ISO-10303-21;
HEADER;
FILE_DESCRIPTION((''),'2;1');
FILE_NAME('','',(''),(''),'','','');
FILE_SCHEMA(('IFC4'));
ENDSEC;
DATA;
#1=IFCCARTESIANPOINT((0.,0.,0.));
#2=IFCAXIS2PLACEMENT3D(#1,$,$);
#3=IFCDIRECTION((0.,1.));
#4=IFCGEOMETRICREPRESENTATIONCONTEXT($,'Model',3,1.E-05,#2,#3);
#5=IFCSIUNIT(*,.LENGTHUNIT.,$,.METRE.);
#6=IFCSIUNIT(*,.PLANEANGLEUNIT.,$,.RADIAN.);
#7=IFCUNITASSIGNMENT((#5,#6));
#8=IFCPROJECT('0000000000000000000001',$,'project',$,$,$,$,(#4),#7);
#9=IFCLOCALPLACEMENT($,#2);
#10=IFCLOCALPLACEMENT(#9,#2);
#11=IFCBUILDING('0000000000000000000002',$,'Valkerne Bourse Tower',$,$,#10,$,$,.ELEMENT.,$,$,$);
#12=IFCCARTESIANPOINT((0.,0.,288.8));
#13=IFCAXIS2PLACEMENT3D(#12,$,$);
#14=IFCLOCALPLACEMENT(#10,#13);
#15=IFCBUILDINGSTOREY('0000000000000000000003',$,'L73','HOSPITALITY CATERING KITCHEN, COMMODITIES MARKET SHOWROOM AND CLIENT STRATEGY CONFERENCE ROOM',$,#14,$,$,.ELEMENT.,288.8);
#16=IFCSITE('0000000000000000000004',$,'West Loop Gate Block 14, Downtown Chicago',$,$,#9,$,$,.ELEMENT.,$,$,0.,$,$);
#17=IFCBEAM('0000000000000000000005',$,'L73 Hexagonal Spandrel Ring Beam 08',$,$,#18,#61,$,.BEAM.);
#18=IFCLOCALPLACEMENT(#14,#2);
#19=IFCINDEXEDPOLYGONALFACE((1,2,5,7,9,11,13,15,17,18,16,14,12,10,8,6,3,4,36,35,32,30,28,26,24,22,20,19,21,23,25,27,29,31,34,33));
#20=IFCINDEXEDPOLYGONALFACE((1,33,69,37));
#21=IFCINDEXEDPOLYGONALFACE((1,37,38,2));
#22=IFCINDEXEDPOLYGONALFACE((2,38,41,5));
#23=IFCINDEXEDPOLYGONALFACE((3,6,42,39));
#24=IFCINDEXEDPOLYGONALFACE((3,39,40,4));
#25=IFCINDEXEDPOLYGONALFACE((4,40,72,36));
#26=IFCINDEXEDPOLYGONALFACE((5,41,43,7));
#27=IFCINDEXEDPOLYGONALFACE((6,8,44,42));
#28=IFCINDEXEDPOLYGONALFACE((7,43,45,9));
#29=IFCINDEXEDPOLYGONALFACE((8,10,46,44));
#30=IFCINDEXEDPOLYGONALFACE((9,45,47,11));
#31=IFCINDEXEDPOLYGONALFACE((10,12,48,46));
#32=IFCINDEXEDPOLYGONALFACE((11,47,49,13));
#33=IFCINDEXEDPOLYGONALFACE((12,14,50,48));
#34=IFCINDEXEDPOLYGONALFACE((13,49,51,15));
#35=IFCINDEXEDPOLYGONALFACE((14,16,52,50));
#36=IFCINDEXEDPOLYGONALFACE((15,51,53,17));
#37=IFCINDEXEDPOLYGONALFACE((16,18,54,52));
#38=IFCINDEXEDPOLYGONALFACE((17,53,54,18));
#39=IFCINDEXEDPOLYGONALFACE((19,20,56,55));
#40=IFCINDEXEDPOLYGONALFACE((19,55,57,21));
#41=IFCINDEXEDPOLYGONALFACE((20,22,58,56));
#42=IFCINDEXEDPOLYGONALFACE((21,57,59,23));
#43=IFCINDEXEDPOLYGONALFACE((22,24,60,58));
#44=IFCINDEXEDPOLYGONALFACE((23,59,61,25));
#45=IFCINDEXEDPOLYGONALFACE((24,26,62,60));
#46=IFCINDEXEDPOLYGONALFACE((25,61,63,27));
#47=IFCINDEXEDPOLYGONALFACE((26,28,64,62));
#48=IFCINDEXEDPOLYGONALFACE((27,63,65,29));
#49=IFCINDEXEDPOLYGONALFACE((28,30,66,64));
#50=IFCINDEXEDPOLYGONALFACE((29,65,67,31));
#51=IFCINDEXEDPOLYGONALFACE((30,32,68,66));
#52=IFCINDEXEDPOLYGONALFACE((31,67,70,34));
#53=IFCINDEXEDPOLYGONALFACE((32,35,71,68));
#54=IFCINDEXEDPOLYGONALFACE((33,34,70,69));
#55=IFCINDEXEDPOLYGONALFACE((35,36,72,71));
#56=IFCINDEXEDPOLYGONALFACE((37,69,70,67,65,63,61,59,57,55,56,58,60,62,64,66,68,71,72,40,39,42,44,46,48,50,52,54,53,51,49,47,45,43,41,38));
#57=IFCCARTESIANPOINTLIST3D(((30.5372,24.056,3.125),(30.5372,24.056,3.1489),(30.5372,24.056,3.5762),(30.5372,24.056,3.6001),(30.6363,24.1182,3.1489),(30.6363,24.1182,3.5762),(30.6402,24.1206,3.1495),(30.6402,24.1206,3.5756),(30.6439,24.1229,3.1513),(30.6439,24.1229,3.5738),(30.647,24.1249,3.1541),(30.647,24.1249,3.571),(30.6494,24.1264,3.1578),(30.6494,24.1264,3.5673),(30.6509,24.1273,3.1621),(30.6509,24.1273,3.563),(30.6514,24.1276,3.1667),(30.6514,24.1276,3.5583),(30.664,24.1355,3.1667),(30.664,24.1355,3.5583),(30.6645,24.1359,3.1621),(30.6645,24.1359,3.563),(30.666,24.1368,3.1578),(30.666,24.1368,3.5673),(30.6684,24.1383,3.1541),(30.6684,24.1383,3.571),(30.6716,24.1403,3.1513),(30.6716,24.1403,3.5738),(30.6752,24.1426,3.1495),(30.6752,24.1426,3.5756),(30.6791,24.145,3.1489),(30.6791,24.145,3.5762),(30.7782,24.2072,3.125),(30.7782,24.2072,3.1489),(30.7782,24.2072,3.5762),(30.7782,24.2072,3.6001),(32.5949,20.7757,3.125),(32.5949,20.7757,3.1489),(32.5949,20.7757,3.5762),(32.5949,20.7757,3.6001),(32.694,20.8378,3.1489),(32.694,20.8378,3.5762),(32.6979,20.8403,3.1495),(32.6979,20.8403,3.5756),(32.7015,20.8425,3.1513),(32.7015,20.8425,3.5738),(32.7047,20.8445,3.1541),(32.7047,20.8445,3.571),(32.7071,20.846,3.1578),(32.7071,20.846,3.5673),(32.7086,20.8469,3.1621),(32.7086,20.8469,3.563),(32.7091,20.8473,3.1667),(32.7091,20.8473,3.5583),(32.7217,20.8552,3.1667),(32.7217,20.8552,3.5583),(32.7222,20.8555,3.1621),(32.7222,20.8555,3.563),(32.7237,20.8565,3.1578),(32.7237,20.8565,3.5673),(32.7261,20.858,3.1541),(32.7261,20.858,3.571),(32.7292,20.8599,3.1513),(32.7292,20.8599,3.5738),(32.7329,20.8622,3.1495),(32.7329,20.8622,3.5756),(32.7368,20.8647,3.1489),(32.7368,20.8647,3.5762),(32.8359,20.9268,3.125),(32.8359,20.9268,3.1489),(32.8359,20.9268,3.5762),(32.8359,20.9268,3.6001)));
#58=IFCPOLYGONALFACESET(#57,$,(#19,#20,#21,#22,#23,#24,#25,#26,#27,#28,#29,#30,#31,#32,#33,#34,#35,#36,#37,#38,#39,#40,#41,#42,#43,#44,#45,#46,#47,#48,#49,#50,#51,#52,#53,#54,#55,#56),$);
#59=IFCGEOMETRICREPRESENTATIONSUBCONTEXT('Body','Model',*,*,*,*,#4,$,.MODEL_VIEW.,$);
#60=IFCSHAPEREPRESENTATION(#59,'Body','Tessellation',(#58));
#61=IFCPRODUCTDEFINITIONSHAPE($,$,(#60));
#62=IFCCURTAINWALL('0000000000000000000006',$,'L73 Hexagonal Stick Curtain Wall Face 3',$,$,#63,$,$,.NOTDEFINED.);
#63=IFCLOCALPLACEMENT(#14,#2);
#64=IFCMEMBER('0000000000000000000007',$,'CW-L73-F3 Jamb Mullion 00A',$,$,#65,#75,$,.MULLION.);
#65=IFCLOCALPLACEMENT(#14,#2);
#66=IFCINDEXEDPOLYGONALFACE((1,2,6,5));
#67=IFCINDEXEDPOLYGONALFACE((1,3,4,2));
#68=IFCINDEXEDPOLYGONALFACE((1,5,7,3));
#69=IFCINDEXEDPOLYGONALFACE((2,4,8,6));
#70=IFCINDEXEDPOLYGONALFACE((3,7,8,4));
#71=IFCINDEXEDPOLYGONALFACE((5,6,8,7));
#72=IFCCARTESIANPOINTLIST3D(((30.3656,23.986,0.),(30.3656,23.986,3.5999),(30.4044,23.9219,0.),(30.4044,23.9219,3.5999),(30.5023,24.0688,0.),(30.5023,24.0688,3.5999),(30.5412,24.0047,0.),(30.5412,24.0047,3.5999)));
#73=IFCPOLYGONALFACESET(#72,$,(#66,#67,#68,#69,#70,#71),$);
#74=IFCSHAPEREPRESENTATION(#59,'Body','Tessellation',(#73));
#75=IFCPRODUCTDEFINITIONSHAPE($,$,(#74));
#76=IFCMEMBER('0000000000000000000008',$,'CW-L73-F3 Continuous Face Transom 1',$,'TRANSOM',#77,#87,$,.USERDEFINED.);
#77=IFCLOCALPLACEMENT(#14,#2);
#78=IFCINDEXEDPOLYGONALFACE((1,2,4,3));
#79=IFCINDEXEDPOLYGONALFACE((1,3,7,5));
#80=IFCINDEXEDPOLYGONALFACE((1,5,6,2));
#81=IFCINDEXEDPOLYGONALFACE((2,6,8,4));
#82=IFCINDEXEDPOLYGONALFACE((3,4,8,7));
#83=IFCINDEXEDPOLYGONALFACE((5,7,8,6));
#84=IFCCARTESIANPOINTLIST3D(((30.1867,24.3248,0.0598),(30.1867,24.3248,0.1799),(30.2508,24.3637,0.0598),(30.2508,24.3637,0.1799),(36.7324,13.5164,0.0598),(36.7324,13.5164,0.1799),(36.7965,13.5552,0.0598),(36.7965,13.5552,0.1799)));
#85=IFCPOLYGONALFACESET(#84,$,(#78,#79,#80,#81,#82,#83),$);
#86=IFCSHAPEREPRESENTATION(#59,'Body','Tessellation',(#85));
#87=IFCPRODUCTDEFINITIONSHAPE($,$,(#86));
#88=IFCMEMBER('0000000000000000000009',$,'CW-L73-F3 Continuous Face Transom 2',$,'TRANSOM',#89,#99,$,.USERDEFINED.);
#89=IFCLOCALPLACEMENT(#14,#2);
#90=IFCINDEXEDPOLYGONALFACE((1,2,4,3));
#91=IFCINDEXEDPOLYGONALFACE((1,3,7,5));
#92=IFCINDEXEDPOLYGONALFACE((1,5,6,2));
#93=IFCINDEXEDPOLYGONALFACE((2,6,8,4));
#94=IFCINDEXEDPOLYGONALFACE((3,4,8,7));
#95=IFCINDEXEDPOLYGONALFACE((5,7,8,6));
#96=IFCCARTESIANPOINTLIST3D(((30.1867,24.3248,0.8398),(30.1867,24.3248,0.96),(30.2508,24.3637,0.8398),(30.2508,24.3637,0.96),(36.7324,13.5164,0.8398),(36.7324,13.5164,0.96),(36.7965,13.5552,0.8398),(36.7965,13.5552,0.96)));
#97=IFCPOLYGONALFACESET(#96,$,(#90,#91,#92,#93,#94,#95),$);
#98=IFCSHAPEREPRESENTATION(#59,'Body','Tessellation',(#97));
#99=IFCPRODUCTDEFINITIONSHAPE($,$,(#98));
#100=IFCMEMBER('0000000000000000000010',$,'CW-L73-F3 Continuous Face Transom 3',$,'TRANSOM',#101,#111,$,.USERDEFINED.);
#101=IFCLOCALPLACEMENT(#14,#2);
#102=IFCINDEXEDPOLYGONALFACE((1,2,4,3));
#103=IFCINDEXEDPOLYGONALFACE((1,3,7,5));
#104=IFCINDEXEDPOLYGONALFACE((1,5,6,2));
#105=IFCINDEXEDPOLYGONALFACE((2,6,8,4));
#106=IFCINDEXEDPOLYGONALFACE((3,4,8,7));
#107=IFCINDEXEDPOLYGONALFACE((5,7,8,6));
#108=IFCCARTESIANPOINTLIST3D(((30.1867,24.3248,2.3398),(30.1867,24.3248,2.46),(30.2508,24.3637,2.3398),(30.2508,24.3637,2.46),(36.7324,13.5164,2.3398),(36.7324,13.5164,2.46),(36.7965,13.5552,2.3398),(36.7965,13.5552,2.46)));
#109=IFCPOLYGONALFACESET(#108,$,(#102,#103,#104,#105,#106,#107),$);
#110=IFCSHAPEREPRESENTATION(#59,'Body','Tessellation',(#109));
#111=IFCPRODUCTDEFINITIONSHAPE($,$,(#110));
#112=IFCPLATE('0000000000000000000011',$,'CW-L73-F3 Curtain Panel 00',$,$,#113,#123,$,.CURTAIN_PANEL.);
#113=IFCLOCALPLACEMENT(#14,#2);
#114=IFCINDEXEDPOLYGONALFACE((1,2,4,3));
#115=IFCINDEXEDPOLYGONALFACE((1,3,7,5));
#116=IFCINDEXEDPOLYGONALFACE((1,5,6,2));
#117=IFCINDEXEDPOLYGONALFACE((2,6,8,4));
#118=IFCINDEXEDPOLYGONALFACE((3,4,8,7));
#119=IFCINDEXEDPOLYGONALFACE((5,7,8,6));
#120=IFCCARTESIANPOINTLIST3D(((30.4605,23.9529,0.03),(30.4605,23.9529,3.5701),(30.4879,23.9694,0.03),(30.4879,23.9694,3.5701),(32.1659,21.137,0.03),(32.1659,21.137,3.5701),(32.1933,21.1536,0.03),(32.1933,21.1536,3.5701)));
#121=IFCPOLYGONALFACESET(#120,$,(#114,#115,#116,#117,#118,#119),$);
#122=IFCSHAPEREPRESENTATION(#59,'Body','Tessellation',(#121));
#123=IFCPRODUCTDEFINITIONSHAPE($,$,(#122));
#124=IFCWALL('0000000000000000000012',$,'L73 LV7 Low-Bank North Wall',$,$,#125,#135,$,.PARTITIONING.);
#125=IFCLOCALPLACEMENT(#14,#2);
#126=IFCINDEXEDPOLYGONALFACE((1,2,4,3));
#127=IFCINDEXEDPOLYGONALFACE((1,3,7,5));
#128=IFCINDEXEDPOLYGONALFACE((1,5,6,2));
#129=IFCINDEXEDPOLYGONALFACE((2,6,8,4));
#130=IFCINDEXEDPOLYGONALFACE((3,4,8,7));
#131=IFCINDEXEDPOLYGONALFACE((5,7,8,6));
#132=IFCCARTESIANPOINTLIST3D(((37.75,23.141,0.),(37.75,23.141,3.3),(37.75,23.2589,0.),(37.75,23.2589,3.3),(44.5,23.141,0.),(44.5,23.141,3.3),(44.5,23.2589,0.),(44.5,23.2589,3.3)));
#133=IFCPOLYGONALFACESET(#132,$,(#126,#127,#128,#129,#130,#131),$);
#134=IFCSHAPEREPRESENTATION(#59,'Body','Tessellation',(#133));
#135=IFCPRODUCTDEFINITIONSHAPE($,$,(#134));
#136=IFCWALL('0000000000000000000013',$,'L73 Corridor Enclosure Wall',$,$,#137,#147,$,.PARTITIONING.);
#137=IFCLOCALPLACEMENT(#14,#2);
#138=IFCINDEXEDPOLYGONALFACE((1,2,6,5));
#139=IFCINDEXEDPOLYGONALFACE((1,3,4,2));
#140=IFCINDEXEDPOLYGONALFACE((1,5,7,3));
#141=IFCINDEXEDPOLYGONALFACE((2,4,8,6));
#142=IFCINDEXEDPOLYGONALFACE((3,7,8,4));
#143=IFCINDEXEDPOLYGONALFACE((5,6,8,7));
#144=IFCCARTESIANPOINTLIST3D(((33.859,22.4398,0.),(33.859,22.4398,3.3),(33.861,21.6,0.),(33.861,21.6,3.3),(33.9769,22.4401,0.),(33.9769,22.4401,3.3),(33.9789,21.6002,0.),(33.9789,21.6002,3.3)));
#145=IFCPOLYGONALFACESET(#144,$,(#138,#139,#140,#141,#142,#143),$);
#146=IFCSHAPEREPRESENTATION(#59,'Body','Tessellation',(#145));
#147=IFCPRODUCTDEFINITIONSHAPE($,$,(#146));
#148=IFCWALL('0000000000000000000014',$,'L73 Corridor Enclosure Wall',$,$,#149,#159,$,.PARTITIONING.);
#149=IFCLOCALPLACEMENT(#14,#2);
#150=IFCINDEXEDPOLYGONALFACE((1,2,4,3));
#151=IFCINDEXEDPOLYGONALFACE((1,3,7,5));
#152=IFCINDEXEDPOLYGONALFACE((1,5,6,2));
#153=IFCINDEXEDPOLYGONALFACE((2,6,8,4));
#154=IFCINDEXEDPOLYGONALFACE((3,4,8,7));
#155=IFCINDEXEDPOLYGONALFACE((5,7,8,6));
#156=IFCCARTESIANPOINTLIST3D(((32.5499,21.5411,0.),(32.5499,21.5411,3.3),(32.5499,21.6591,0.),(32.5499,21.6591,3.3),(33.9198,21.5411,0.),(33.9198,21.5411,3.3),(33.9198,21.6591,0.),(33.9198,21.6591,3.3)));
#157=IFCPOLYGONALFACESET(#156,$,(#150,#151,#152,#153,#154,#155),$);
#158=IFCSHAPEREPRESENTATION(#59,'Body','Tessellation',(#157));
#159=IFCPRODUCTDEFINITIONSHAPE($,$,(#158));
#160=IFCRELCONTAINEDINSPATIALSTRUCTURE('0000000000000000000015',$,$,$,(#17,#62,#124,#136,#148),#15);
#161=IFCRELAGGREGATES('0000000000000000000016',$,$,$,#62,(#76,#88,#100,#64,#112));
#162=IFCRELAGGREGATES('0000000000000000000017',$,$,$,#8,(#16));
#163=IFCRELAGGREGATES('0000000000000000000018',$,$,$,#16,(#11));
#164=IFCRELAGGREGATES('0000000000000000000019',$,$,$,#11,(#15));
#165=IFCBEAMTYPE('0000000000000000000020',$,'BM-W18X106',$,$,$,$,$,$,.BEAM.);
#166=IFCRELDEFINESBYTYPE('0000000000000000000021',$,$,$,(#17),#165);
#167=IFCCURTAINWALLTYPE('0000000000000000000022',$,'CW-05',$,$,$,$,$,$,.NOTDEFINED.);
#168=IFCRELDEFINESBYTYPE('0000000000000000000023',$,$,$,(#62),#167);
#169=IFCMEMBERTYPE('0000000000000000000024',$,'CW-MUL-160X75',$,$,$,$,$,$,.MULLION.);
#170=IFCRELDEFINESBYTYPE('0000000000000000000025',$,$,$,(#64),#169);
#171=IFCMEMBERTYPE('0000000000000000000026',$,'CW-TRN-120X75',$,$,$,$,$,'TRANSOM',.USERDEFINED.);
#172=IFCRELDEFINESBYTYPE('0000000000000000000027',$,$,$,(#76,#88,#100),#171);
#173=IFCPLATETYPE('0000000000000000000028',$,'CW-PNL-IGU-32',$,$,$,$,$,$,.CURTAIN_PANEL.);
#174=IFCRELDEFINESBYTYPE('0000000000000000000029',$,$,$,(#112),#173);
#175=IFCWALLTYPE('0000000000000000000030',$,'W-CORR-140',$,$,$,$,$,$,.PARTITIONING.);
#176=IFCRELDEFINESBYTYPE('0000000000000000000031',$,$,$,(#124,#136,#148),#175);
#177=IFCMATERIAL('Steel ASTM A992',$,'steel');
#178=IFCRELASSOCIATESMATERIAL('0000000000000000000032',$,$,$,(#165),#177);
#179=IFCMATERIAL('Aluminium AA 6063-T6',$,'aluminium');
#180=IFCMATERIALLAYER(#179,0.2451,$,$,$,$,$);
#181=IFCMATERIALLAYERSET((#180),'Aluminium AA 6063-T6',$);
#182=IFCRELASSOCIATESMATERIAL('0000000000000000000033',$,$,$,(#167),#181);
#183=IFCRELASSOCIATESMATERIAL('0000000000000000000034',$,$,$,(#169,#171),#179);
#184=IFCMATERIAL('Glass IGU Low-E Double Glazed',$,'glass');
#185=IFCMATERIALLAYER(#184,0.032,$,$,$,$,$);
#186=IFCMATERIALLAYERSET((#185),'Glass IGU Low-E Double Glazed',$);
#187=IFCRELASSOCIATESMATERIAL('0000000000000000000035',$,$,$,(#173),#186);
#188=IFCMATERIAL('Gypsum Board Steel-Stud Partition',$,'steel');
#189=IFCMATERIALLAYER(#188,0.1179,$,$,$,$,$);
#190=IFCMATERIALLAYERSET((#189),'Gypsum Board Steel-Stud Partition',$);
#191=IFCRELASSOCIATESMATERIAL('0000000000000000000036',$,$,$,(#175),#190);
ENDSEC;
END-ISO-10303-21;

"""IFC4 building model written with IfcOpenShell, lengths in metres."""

from ifc_helpers import new_model, si_unit, direction, frame, frame_2d, origin, origin_2d, place, context, subcontext, project, spatial, rectangle, i_section, extrude, material, layer, layer_set, material_profile, profile_set, type_object, element, aggregate, save


model = new_model("IFC4")

# Units and contexts
model_context = context("Model", 3, precision=1e-05, world=origin(), true_north=direction((0.0, 1.0)))
body_context = subcontext(model_context, "Body", "Model", "MODEL_VIEW")
ifc_project = project(units=[si_unit("LENGTHUNIT", "METRE"), si_unit("PLANEANGLEUNIT", "RADIAN")], contexts=[model_context])

# Site, building, storey
site_placement = place(None, origin())
site = spatial("IfcSite", under=ifc_project, at=site_placement, Name="West Loop Gate Block 14, Downtown Chicago", CompositionType="ELEMENT", RefElevation=0.0)
building_placement = place(site_placement, origin())
building = spatial("IfcBuilding", under=site, at=building_placement, Name="Valkerne Bourse Tower", CompositionType="ELEMENT")
storey_placement = place(building_placement, frame((0.0, 0.0, 288.8)))
storey = spatial("IfcBuildingStorey", under=building, at=storey_placement, Name="L73", Description="HOSPITALITY CATERING KITCHEN, COMMODITIES MARKET SHOWROOM AND CLIENT STRATEGY CONFERENCE ROOM", CompositionType="ELEMENT", Elevation=288.8)

# Beam
ifc_material_1 = material(Name="Steel ASTM A992", Category="steel")
ifc_material_profile_1 = material_profile(ifc_material_1, i_section(OverallWidth=0.2844, OverallDepth=0.4751, WebThickness=0.0149, FlangeThickness=0.0239, FilletRadius=0.0178, at=origin_2d()), Name="W18X106")
ifc_profile_set_1 = profile_set([ifc_material_profile_1], Name="Steel ASTM A992")
beam_type = type_object("IfcBeamType", Name="BM-W18X106", PredefinedType="BEAM", material=ifc_profile_set_1)
beam_placement = place(storey_placement, frame((30.6577, 24.1316, 3.3625), z_axis=(0.531381, -0.847133, 0.0), x_axis=(0.847133, 0.531381, 0.0)))
element("IfcBeam", 1, at=beam_placement, inside=storey, type_object=beam_type, Name="L73 Hexagonal Spandrel Ring Beam 08", PredefinedType="BEAM", context=body_context, shape_type="SweptSolid", body=[
    extrude(i_section(OverallWidth=0.2844, OverallDepth=0.4751, WebThickness=0.0149, FlangeThickness=0.0239, FilletRadius=0.0178, at=origin_2d()), origin(), (0.0, 0.0, 1.0), 3.8723),
])

# Curtain wall, members, plate
ifc_material_2 = material(Name="Aluminium AA 6063-T6", Category="aluminium")
ifc_layer_1 = layer(ifc_material_2, 0.2451)
ifc_layer_set_1 = layer_set([ifc_layer_1], Name="Aluminium AA 6063-T6")
curtain_wall_type = type_object("IfcCurtainWallType", Name="CW-05", PredefinedType="NOTDEFINED", material=ifc_layer_set_1)
curtain_wall_placement = place(storey_placement, origin())
curtain_wall = element("IfcCurtainWall", 2, at=curtain_wall_placement, inside=storey, type_object=curtain_wall_type, Name="L73 Hexagonal Stick Curtain Wall Face 3", PredefinedType="NOTDEFINED")
ifc_material_profile_2 = material_profile(ifc_material_2, rectangle(XDim=0.075, YDim=0.1599, at=origin_2d()), Name="CWM-75X160")
ifc_profile_set_2 = profile_set([ifc_material_profile_2], Name="Aluminium AA 6063-T6")
member_type_1 = type_object("IfcMemberType", Name="CW-MUL-160X75", PredefinedType="MULLION", material=ifc_profile_set_2)
member_1_placement = place(storey_placement, frame((30.4534, 23.9954, 0.0), z_axis=(0.0, 0.0, 1.0), x_axis=(0.518039, -0.855357, 0.0)))
member_1 = element("IfcMember", 3, at=member_1_placement, type_object=member_type_1, Name="CW-L73-F3 Jamb Mullion 00A", PredefinedType="MULLION", context=body_context, shape_type="SweptSolid", body=[
    extrude(rectangle(XDim=0.075, YDim=0.1599, at=origin_2d()), origin(), (0.0, 0.0, 1.0), 3.5999),
])
ifc_material_profile_3 = material_profile(ifc_material_2, rectangle(XDim=0.075, YDim=0.1201, at=origin_2d()), Name="CWT-75X120")
ifc_profile_set_3 = profile_set([ifc_material_profile_3], Name="Aluminium AA 6063-T6")
member_type_2 = type_object("IfcMemberType", Name="CW-TRN-120X75", ElementType="TRANSOM", PredefinedType="USERDEFINED", material=ifc_profile_set_3)
member_2_placement = place(storey_placement, frame((30.2188, 24.3442, 0.1199), z_axis=(0.51802, -0.855368, 0.0), x_axis=(0.855368, 0.51802, 0.0)))
member_2 = element("IfcMember", 4, at=member_2_placement, type_object=member_type_2, Name="CW-L73-F3 Continuous Face Transom 1", ObjectType="TRANSOM", PredefinedType="USERDEFINED", context=body_context, shape_type="SweptSolid", body=[
    extrude(rectangle(XDim=0.075, YDim=0.1201, at=origin_2d()), origin(), (0.0, 0.0, 1.0), 12.636),
])
member_3_placement = place(storey_placement, frame((30.2188, 24.3442, 0.8999), z_axis=(0.51802, -0.855368, 0.0), x_axis=(0.855368, 0.51802, 0.0)))
member_3 = element("IfcMember", 5, at=member_3_placement, type_object=member_type_2, Name="CW-L73-F3 Continuous Face Transom 2", ObjectType="TRANSOM", PredefinedType="USERDEFINED", context=body_context, shape_type="SweptSolid", body=[
    extrude(rectangle(XDim=0.075, YDim=0.1201, at=origin_2d()), origin(), (0.0, 0.0, 1.0), 12.636),
])
member_4_placement = place(storey_placement, frame((30.2188, 24.3442, 2.3999), z_axis=(0.51802, -0.855368, 0.0), x_axis=(0.855368, 0.51802, 0.0)))
member_4 = element("IfcMember", 6, at=member_4_placement, type_object=member_type_2, Name="CW-L73-F3 Continuous Face Transom 3", ObjectType="TRANSOM", PredefinedType="USERDEFINED", context=body_context, shape_type="SweptSolid", body=[
    extrude(rectangle(XDim=0.075, YDim=0.1201, at=origin_2d()), origin(), (0.0, 0.0, 1.0), 12.636),
])
ifc_material_3 = material(Name="Glass IGU Low-E Double Glazed", Category="glass")
ifc_layer_2 = layer(ifc_material_3, 0.032)
ifc_layer_set_2 = layer_set([ifc_layer_2], Name="Glass IGU Low-E Double Glazed")
plate_type = type_object("IfcPlateType", Name="CW-PNL-IGU-32", PredefinedType="CURTAIN_PANEL", material=ifc_layer_set_2)
plate_placement = place(storey_placement, frame((31.3269, 22.5532, 0.03), z_axis=(0.0, 0.0, 1.0), x_axis=(0.518039, -0.855357, 0.0)))
plate = element("IfcPlate", 7, at=plate_placement, type_object=plate_type, Name="CW-L73-F3 Curtain Panel 00", PredefinedType="CURTAIN_PANEL", context=body_context, shape_type="SweptSolid", body=[
    extrude(rectangle(XDim=3.292, YDim=0.032, at=origin_2d()), origin(), (0.0, 0.0, 1.0), 3.54),
])
aggregate(curtain_wall, [member_2, member_3, member_4, member_1, plate])

# Walls
ifc_material_4 = material(Name="Gypsum Board Steel-Stud Partition", Category="steel")
ifc_layer_3 = layer(ifc_material_4, 0.1179)
ifc_layer_set_3 = layer_set([ifc_layer_3], Name="Gypsum Board Steel-Stud Partition")
wall_type_1 = type_object("IfcWallType", Name="W-CORR-140", PredefinedType="PARTITIONING", material=ifc_layer_set_3)
wall_1_placement = place(storey_placement, frame((37.75, 23.2, 0.0), z_axis=(0.0, 0.0, 1.0), x_axis=(1.0, 0.0, 0.0)))
element("IfcWall", 8, at=wall_1_placement, inside=storey, type_object=wall_type_1, Name="L73 LV7 Low-Bank North Wall", PredefinedType="PARTITIONING", context=body_context, shape_type="SweptSolid", body=[
    extrude(rectangle(XDim=6.75, YDim=0.1179, at=frame_2d((3.375, 0.0))), origin(), (0.0, 0.0, 1.0), 3.3),
])
wall_2_placement = place(storey_placement, frame((33.918, 22.4399, 0.0), z_axis=(0.0, 0.0, 1.0), x_axis=(0.002326, -0.999997, 0.0)))
element("IfcWall", 9, at=wall_2_placement, inside=storey, type_object=wall_type_1, Name="L73 Corridor Enclosure Wall", PredefinedType="PARTITIONING", context=body_context, shape_type="SweptSolid", body=[
    extrude(rectangle(XDim=0.8398, YDim=0.1179, at=frame_2d((0.4199, 0.0))), origin(), (0.0, 0.0, 1.0), 3.3),
])
wall_3_placement = place(storey_placement, frame((33.9199, 21.6001, 0.0), z_axis=(0.0, 0.0, 1.0), x_axis=(-1.0, 0.0, 0.0)))
element("IfcWall", 10, at=wall_3_placement, inside=storey, type_object=wall_type_1, Name="L73 Corridor Enclosure Wall", PredefinedType="PARTITIONING", context=body_context, shape_type="SweptSolid", body=[
    extrude(rectangle(XDim=1.3699, YDim=0.1179, at=frame_2d((0.6851, 0.0))), origin(), (0.0, 0.0, 1.0), 3.3),
])

save(model, "model.ifc")
